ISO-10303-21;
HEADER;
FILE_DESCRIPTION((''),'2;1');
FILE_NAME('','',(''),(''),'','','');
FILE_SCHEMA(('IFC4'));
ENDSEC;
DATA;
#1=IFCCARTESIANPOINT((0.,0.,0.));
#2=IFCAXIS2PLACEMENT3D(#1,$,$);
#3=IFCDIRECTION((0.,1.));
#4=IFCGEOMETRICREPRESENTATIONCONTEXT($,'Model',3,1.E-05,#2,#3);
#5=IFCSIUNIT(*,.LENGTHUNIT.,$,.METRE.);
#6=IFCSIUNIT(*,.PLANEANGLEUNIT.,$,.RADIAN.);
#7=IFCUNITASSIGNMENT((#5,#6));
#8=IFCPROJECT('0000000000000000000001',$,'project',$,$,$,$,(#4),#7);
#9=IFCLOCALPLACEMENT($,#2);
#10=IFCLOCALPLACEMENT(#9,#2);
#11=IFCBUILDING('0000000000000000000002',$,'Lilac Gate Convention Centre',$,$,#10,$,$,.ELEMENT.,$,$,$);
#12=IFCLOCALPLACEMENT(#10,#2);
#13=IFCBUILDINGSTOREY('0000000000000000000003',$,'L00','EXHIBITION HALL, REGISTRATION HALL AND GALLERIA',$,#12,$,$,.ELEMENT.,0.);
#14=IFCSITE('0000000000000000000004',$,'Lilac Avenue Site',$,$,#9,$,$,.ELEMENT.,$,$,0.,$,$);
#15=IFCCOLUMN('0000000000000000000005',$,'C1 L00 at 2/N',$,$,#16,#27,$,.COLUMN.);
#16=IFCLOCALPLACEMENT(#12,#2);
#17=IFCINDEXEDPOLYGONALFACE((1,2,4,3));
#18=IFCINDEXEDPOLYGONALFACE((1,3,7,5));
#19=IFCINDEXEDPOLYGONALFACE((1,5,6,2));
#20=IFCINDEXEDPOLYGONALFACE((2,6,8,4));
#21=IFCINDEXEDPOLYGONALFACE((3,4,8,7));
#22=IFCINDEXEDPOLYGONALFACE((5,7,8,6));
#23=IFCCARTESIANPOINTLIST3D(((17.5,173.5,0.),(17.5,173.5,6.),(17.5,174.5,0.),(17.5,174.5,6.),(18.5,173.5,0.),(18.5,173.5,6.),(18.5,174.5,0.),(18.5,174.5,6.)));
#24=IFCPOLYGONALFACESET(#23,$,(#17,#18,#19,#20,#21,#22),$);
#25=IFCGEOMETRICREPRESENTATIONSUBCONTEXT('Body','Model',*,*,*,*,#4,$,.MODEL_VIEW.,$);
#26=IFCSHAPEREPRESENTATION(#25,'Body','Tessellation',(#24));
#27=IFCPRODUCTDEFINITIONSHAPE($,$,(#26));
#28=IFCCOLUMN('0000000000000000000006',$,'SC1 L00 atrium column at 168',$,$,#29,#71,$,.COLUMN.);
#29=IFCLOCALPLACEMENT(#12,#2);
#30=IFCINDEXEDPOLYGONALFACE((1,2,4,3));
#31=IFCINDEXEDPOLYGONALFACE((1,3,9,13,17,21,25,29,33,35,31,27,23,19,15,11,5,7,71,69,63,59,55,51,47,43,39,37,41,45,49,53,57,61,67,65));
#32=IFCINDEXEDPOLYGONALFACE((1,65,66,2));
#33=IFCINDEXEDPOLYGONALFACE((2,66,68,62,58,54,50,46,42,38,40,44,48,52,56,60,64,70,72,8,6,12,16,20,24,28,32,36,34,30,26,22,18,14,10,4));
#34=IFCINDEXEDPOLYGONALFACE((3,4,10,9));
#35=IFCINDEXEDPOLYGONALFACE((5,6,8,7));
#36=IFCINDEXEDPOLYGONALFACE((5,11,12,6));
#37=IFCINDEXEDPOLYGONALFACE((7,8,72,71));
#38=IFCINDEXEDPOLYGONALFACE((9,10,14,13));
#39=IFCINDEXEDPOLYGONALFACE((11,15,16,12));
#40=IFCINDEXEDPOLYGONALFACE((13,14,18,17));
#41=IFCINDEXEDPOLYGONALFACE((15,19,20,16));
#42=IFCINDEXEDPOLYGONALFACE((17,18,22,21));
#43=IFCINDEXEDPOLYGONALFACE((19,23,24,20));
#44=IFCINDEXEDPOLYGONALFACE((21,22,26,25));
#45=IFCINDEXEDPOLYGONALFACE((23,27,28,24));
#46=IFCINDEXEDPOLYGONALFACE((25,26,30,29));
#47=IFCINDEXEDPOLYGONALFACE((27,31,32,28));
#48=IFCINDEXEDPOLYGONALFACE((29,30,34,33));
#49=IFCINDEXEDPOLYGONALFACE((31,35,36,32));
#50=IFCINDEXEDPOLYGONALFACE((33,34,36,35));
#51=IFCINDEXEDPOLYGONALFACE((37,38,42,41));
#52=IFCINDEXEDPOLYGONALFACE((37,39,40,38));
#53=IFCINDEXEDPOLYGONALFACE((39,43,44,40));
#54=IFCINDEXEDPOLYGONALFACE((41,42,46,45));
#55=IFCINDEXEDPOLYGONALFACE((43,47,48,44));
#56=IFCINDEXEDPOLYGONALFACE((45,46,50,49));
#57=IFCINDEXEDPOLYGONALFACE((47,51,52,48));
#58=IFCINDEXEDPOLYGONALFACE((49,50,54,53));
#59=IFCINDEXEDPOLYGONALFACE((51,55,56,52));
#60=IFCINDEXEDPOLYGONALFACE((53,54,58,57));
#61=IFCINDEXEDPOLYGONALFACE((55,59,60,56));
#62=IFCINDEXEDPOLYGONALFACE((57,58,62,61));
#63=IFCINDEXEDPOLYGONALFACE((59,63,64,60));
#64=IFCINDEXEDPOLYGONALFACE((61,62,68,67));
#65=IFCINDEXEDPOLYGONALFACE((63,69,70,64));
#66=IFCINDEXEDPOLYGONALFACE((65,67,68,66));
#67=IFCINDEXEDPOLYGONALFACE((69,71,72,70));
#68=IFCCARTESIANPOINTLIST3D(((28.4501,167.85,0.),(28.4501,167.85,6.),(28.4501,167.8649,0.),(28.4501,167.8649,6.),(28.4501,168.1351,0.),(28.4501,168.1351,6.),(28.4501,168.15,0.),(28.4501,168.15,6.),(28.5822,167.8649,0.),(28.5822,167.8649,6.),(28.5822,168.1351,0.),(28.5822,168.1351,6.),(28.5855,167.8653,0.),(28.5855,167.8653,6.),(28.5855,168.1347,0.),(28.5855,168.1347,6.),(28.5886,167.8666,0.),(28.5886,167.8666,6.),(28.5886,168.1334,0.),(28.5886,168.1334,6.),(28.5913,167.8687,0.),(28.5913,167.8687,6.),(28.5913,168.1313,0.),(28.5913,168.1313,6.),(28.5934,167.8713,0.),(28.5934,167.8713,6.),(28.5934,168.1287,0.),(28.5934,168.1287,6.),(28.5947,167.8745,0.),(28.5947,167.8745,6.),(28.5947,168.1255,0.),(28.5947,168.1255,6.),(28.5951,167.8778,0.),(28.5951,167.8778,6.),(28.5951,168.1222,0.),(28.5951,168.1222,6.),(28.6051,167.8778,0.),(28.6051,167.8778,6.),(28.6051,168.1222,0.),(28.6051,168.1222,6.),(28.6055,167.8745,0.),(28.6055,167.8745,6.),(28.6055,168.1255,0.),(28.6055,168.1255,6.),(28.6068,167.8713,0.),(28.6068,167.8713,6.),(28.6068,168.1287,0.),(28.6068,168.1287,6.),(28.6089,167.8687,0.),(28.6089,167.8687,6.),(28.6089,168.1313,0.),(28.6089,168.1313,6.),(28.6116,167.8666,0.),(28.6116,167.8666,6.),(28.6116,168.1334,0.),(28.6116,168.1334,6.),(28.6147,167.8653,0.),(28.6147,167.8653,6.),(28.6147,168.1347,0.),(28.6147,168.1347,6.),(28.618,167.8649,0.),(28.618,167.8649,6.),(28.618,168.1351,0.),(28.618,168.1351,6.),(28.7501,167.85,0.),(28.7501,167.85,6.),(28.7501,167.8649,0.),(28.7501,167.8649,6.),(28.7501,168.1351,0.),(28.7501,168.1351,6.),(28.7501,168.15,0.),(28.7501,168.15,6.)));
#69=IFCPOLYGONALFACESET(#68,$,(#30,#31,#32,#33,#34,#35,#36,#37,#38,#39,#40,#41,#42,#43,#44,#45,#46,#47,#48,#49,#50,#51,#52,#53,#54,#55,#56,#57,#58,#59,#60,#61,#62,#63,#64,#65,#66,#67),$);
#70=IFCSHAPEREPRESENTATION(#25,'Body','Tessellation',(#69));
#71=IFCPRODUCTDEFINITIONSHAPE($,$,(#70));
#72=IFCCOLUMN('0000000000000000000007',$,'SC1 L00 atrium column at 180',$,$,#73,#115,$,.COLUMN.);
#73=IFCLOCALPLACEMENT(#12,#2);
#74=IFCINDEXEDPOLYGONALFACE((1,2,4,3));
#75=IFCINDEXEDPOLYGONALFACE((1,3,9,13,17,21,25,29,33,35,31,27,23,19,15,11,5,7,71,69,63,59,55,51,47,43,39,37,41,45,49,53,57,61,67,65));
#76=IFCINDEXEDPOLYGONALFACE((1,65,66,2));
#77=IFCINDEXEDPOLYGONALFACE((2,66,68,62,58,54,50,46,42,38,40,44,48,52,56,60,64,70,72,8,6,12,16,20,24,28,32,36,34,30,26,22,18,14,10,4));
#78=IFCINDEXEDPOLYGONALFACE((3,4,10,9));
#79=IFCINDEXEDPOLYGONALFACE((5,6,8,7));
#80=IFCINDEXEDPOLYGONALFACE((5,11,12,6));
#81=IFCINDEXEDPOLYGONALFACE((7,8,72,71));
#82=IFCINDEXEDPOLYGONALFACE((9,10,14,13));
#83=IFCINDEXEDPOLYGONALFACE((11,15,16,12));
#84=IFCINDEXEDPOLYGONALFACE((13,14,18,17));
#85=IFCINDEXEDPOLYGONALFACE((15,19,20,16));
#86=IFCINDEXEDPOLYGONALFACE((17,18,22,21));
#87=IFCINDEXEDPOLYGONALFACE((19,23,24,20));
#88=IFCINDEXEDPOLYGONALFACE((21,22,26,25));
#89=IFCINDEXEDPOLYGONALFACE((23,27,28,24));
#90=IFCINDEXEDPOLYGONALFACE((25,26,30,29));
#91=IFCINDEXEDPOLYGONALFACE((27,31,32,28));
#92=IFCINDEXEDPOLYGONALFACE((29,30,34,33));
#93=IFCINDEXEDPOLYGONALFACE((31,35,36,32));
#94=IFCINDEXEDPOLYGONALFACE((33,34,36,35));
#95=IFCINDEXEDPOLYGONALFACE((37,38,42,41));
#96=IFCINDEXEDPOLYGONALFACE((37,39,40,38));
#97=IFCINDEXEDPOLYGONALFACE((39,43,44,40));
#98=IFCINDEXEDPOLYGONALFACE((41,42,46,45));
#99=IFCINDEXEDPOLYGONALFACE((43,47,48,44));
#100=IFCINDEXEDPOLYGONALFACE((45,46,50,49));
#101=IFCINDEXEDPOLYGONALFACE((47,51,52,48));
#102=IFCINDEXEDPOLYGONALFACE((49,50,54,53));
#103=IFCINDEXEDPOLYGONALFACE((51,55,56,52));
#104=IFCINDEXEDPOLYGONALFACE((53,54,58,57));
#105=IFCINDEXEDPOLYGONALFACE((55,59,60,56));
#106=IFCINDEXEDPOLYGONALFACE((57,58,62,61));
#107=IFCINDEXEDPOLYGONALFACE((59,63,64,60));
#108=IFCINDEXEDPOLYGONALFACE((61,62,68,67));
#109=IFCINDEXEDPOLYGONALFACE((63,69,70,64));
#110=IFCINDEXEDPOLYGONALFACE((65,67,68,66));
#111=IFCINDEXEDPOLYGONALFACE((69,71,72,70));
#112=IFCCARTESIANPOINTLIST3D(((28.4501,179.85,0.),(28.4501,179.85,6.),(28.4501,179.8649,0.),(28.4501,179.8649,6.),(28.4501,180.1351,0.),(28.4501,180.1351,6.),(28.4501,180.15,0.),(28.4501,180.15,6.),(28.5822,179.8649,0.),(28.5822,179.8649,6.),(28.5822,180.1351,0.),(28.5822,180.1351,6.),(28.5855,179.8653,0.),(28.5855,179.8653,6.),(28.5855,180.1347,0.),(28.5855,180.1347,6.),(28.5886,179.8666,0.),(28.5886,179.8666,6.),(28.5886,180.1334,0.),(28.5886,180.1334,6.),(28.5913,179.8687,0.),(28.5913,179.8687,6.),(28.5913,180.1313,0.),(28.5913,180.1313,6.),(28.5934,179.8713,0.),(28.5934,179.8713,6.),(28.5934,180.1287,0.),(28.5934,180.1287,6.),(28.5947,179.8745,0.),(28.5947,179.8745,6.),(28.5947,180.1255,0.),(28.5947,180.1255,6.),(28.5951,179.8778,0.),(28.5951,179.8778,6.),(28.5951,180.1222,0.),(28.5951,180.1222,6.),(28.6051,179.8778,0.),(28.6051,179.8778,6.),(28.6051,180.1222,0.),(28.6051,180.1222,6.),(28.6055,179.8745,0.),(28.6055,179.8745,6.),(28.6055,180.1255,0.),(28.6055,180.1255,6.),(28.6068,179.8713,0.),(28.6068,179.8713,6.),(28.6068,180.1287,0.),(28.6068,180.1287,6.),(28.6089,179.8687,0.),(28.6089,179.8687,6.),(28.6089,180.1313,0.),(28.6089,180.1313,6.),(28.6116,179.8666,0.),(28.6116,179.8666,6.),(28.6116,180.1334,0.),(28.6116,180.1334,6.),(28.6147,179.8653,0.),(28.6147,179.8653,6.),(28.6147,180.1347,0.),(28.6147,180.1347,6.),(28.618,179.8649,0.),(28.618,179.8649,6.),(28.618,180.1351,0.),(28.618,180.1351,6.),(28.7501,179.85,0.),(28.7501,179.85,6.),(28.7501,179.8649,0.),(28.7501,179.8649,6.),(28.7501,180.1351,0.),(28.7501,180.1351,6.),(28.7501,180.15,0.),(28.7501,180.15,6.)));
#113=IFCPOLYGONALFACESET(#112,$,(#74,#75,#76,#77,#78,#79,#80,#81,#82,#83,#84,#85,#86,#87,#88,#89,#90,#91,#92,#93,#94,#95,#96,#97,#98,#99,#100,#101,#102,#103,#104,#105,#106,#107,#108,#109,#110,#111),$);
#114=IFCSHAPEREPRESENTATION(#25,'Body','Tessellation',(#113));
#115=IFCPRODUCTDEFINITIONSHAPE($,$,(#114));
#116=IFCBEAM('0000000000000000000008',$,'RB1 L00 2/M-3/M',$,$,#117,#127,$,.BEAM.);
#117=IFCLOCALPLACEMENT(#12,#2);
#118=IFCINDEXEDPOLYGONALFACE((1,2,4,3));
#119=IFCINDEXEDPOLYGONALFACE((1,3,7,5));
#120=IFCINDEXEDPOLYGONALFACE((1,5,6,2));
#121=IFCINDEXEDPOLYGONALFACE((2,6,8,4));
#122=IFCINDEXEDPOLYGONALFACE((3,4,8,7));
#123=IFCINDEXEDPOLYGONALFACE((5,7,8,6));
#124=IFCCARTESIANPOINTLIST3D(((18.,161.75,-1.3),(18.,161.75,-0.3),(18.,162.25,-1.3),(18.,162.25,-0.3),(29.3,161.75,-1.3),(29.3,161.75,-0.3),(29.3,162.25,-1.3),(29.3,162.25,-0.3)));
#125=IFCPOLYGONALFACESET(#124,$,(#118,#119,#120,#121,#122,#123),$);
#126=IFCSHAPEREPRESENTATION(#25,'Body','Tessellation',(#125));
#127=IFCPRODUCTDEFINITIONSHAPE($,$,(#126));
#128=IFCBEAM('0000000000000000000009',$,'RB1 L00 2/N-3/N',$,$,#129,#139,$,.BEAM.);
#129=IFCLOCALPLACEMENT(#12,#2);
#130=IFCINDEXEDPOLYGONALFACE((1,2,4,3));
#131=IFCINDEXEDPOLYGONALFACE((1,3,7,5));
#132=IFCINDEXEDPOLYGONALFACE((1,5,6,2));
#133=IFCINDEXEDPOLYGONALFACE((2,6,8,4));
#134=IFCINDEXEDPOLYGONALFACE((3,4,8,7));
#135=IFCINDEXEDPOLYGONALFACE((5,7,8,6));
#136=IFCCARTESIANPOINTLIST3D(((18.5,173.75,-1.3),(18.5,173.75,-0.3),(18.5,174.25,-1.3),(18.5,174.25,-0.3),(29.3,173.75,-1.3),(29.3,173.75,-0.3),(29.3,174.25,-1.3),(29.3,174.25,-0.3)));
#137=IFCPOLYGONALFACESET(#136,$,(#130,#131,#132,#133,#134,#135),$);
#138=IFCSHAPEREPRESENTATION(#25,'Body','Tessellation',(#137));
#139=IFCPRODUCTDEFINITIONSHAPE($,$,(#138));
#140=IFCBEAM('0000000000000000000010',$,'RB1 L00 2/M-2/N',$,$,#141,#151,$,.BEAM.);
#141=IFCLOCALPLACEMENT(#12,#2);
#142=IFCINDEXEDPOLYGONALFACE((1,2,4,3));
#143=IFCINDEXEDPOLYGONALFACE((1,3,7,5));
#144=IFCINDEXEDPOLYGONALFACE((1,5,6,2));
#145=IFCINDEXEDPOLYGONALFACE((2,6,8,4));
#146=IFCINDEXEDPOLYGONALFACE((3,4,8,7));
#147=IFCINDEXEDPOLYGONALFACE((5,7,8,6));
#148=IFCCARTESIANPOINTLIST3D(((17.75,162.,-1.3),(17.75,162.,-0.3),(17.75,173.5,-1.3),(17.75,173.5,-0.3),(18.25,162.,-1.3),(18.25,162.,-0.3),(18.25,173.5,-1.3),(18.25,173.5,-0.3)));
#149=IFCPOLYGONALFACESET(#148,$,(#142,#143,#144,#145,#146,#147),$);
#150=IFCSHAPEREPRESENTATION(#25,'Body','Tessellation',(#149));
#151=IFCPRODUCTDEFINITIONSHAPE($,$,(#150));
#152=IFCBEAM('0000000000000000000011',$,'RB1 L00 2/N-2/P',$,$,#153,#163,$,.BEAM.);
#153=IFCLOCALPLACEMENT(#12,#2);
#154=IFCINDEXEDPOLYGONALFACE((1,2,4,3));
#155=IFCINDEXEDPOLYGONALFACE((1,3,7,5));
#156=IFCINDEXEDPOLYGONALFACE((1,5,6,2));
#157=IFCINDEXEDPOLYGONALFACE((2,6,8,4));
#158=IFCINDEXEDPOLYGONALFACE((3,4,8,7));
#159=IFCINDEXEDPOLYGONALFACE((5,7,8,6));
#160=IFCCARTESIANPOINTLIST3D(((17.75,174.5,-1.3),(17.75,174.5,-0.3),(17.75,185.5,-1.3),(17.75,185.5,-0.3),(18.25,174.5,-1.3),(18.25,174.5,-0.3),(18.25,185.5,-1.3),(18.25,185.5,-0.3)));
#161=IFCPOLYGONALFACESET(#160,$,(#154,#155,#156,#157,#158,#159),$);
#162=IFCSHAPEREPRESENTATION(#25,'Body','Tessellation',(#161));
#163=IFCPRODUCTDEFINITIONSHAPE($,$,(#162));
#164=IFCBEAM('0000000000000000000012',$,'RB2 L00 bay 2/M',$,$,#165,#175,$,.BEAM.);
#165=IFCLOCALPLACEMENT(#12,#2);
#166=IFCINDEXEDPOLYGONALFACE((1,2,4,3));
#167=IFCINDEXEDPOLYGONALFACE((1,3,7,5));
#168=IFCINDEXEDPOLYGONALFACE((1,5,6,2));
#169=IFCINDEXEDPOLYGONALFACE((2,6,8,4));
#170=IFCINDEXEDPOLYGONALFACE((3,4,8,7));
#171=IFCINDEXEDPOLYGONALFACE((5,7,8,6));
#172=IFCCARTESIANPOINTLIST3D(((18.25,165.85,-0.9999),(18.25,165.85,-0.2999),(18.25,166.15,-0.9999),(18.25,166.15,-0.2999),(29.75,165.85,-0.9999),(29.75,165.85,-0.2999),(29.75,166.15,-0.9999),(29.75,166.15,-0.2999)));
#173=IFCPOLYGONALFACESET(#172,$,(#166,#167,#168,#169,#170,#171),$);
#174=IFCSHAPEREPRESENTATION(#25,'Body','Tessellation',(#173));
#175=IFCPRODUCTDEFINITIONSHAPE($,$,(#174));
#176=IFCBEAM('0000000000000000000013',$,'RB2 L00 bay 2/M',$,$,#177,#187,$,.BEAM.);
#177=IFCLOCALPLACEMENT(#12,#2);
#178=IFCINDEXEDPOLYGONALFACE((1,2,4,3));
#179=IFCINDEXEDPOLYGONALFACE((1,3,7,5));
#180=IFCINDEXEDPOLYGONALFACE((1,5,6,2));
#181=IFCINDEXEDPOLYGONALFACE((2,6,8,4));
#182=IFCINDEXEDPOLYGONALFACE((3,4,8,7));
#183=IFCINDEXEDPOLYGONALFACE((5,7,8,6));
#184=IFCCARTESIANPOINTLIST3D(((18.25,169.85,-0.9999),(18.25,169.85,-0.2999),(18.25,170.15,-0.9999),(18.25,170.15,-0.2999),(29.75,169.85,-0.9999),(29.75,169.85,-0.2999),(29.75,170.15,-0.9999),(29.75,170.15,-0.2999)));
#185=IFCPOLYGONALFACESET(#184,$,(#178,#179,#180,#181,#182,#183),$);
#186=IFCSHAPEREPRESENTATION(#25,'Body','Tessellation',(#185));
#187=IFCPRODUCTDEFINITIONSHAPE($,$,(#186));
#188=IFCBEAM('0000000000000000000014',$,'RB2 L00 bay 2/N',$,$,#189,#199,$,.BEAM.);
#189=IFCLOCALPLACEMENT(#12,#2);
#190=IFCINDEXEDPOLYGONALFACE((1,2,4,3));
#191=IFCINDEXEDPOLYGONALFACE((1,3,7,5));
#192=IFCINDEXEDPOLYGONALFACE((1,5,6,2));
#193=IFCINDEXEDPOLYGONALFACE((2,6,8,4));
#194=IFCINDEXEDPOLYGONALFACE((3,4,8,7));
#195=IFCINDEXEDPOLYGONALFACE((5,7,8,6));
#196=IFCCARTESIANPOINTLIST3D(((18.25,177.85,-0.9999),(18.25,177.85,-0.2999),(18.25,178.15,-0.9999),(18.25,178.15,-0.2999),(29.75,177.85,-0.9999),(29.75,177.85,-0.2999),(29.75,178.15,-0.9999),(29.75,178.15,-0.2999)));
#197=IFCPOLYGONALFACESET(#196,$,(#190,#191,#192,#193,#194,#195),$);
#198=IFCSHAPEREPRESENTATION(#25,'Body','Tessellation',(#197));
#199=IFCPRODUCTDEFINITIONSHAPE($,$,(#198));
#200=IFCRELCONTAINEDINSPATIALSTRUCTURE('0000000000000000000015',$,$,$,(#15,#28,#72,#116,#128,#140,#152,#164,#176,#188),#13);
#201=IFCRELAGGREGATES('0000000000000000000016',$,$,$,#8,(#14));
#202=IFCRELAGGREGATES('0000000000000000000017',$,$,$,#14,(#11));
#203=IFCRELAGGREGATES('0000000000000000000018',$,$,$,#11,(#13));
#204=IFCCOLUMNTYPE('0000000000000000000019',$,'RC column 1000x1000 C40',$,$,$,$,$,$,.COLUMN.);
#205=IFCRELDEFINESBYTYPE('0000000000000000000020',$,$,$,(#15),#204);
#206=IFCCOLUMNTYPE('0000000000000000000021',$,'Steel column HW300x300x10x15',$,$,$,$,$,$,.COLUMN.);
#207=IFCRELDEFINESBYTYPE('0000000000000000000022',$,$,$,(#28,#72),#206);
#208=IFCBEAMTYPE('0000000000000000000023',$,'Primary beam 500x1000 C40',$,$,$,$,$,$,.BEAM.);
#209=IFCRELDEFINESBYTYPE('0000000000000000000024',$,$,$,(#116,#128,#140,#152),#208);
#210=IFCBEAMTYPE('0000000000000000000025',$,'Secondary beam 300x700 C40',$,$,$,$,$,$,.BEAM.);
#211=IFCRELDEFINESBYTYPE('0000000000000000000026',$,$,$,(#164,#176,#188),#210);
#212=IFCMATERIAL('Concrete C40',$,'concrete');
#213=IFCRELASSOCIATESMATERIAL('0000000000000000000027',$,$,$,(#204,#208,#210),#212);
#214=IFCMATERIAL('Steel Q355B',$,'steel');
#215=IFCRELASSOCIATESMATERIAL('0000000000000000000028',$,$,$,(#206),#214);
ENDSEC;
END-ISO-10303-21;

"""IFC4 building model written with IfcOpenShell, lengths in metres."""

from ifc_helpers import new_model, si_unit, direction, frame, origin, origin_2d, place, context, subcontext, project, spatial, rectangle, i_section, extrude, material, material_profile, profile_set, type_object, element, save


model = new_model("IFC4")

# Units and contexts
model_context = context("Model", 3, precision=1e-05, world=origin(), true_north=direction((0.0, 1.0)))
body_context = subcontext(model_context, "Body", "Model", "MODEL_VIEW")
ifc_project = project(units=[si_unit("LENGTHUNIT", "METRE"), si_unit("PLANEANGLEUNIT", "RADIAN")], contexts=[model_context])

# Site, building, storey
site_placement = place(None, origin())
site = spatial("IfcSite", under=ifc_project, at=site_placement, Name="Lilac Avenue Site", CompositionType="ELEMENT", RefElevation=0.0)
building_placement = place(site_placement, origin())
building = spatial("IfcBuilding", under=site, at=building_placement, Name="Lilac Gate Convention Centre", CompositionType="ELEMENT")
storey_placement = place(building_placement, origin())
storey = spatial("IfcBuildingStorey", under=building, at=storey_placement, Name="L00", Description="EXHIBITION HALL, REGISTRATION HALL AND GALLERIA", CompositionType="ELEMENT", Elevation=0.0)

# Columns
ifc_material_1 = material(Name="Concrete C40", Category="concrete")
ifc_material_profile_1 = material_profile(ifc_material_1, rectangle(XDim=1.0, YDim=1.0, at=origin_2d()), Name="RC 1000x1000")
ifc_profile_set_1 = profile_set([ifc_material_profile_1], Name="Concrete C40")
column_type_1 = type_object("IfcColumnType", Name="RC column 1000x1000 C40", PredefinedType="COLUMN", material=ifc_profile_set_1)
column_placement = place(storey_placement, frame((18.0, 174.0, 0.0), z_axis=(0.0, 0.0, 1.0), x_axis=(1.0, 0.0, 0.0)))
element("IfcColumn", 1, at=column_placement, inside=storey, type_object=column_type_1, Name="C1 L00 at 2/N", PredefinedType="COLUMN", context=body_context, shape_type="SweptSolid", body=[
    extrude(rectangle(XDim=1.0, YDim=1.0, at=origin_2d()), origin(), (0.0, 0.0, 1.0), 6.0),
])
ifc_material_2 = material(Name="Steel Q355B", Category="steel")
ifc_material_profile_2 = material_profile(ifc_material_2, i_section(OverallWidth=0.3, OverallDepth=0.3, WebThickness=0.01, FlangeThickness=0.0149, FilletRadius=0.0129, at=origin_2d()), Name="HW300x300x10x15")
ifc_profile_set_2 = profile_set([ifc_material_profile_2], Name="Steel Q355B")
column_type_2 = type_object("IfcColumnType", Name="Steel column HW300x300x10x15", PredefinedType="COLUMN", material=ifc_profile_set_2)
for number, where, z_axis, x_axis, name in (
    (2, (28.6001, 168.0, 0.0), (0.0, 0.0, 1.0), (1.0, 0.0, 0.0), "SC1 L00 atrium column at 168"),
    (3, (28.6001, 180.0, 0.0), (0.0, 0.0, 1.0), (1.0, 0.0, 0.0), "SC1 L00 atrium column at 180"),
):
    element("IfcColumn", number, at=place(storey_placement, frame(where, z_axis=z_axis, x_axis=x_axis)), inside=storey, type_object=column_type_2, Name=name, PredefinedType="COLUMN", context=body_context, shape_type="SweptSolid", body=[
        extrude(i_section(OverallWidth=0.3, OverallDepth=0.3, WebThickness=0.01, FlangeThickness=0.0149, FilletRadius=0.0129, at=origin_2d()), origin(), (0.0, 0.0, 1.0), 6.0),
    ])

# Beams
ifc_material_profile_3 = material_profile(ifc_material_1, rectangle(XDim=0.5, YDim=1.0, at=origin_2d()), Name="RC 500x1000")
ifc_profile_set_3 = profile_set([ifc_material_profile_3], Name="Concrete C40")
beam_type_1 = type_object("IfcBeamType", Name="Primary beam 500x1000 C40", PredefinedType="BEAM", material=ifc_profile_set_3)
beam_1_placement = place(storey_placement, frame((18.0, 162.0, -0.8), z_axis=(1.0, 0.0, 0.0), x_axis=(0.0, 1.0, 0.0)))
element("IfcBeam", 4, at=beam_1_placement, inside=storey, type_object=beam_type_1, Name="RB1 L00 2/M-3/M", PredefinedType="BEAM", context=body_context, shape_type="SweptSolid", body=[
    extrude(rectangle(XDim=0.5, YDim=1.0, at=origin_2d()), origin(), (0.0, 0.0, 1.0), 11.3),
])
beam_2_placement = place(storey_placement, frame((18.5, 174.0, -0.8), z_axis=(1.0, 0.0, 0.0), x_axis=(0.0, 1.0, 0.0)))
element("IfcBeam", 5, at=beam_2_placement, inside=storey, type_object=beam_type_1, Name="RB1 L00 2/N-3/N", PredefinedType="BEAM", context=body_context, shape_type="SweptSolid", body=[
    extrude(rectangle(XDim=0.5, YDim=1.0, at=origin_2d()), origin(), (0.0, 0.0, 1.0), 10.8),
])
beam_3_placement = place(storey_placement, frame((18.0, 162.0, -0.8), z_axis=(0.0, 1.0, 0.0), x_axis=(-1.0, 0.0, 0.0)))
element("IfcBeam", 6, at=beam_3_placement, inside=storey, type_object=beam_type_1, Name="RB1 L00 2/M-2/N", PredefinedType="BEAM", context=body_context, shape_type="SweptSolid", body=[
    extrude(rectangle(XDim=0.5, YDim=1.0, at=origin_2d()), origin(), (0.0, 0.0, 1.0), 11.5),
])
beam_4_placement = place(storey_placement, frame((18.0, 174.5, -0.8), z_axis=(0.0, 1.0, 0.0), x_axis=(-1.0, 0.0, 0.0)))
element("IfcBeam", 7, at=beam_4_placement, inside=storey, type_object=beam_type_1, Name="RB1 L00 2/N-2/P", PredefinedType="BEAM", context=body_context, shape_type="SweptSolid", body=[
    extrude(rectangle(XDim=0.5, YDim=1.0, at=origin_2d()), origin(), (0.0, 0.0, 1.0), 11.0),
])
ifc_material_profile_4 = material_profile(ifc_material_1, rectangle(XDim=0.3, YDim=0.7, at=origin_2d()), Name="RC 300x700")
ifc_profile_set_4 = profile_set([ifc_material_profile_4], Name="Concrete C40")
beam_type_2 = type_object("IfcBeamType", Name="Secondary beam 300x700 C40", PredefinedType="BEAM", material=ifc_profile_set_4)
for number, where, z_axis, x_axis, name in (
    (8, (18.25, 166.0, -0.6499), (1.0, 0.0, 0.0), (0.0, 1.0, 0.0), "RB2 L00 bay 2/M"),
    (9, (18.25, 170.0, -0.6499), (1.0, 0.0, 0.0), (0.0, 1.0, 0.0), "RB2 L00 bay 2/M"),
    (10, (18.25, 178.0, -0.6499), (1.0, 0.0, 0.0), (0.0, 1.0, 0.0), "RB2 L00 bay 2/N"),
):
    element("IfcBeam", number, at=place(storey_placement, frame(where, z_axis=z_axis, x_axis=x_axis)), inside=storey, type_object=beam_type_2, Name=name, PredefinedType="BEAM", context=body_context, shape_type="SweptSolid", body=[
        extrude(rectangle(XDim=0.3, YDim=0.7, at=origin_2d()), origin(), (0.0, 0.0, 1.0), 11.5),
    ])

save(model, "model.ifc")
